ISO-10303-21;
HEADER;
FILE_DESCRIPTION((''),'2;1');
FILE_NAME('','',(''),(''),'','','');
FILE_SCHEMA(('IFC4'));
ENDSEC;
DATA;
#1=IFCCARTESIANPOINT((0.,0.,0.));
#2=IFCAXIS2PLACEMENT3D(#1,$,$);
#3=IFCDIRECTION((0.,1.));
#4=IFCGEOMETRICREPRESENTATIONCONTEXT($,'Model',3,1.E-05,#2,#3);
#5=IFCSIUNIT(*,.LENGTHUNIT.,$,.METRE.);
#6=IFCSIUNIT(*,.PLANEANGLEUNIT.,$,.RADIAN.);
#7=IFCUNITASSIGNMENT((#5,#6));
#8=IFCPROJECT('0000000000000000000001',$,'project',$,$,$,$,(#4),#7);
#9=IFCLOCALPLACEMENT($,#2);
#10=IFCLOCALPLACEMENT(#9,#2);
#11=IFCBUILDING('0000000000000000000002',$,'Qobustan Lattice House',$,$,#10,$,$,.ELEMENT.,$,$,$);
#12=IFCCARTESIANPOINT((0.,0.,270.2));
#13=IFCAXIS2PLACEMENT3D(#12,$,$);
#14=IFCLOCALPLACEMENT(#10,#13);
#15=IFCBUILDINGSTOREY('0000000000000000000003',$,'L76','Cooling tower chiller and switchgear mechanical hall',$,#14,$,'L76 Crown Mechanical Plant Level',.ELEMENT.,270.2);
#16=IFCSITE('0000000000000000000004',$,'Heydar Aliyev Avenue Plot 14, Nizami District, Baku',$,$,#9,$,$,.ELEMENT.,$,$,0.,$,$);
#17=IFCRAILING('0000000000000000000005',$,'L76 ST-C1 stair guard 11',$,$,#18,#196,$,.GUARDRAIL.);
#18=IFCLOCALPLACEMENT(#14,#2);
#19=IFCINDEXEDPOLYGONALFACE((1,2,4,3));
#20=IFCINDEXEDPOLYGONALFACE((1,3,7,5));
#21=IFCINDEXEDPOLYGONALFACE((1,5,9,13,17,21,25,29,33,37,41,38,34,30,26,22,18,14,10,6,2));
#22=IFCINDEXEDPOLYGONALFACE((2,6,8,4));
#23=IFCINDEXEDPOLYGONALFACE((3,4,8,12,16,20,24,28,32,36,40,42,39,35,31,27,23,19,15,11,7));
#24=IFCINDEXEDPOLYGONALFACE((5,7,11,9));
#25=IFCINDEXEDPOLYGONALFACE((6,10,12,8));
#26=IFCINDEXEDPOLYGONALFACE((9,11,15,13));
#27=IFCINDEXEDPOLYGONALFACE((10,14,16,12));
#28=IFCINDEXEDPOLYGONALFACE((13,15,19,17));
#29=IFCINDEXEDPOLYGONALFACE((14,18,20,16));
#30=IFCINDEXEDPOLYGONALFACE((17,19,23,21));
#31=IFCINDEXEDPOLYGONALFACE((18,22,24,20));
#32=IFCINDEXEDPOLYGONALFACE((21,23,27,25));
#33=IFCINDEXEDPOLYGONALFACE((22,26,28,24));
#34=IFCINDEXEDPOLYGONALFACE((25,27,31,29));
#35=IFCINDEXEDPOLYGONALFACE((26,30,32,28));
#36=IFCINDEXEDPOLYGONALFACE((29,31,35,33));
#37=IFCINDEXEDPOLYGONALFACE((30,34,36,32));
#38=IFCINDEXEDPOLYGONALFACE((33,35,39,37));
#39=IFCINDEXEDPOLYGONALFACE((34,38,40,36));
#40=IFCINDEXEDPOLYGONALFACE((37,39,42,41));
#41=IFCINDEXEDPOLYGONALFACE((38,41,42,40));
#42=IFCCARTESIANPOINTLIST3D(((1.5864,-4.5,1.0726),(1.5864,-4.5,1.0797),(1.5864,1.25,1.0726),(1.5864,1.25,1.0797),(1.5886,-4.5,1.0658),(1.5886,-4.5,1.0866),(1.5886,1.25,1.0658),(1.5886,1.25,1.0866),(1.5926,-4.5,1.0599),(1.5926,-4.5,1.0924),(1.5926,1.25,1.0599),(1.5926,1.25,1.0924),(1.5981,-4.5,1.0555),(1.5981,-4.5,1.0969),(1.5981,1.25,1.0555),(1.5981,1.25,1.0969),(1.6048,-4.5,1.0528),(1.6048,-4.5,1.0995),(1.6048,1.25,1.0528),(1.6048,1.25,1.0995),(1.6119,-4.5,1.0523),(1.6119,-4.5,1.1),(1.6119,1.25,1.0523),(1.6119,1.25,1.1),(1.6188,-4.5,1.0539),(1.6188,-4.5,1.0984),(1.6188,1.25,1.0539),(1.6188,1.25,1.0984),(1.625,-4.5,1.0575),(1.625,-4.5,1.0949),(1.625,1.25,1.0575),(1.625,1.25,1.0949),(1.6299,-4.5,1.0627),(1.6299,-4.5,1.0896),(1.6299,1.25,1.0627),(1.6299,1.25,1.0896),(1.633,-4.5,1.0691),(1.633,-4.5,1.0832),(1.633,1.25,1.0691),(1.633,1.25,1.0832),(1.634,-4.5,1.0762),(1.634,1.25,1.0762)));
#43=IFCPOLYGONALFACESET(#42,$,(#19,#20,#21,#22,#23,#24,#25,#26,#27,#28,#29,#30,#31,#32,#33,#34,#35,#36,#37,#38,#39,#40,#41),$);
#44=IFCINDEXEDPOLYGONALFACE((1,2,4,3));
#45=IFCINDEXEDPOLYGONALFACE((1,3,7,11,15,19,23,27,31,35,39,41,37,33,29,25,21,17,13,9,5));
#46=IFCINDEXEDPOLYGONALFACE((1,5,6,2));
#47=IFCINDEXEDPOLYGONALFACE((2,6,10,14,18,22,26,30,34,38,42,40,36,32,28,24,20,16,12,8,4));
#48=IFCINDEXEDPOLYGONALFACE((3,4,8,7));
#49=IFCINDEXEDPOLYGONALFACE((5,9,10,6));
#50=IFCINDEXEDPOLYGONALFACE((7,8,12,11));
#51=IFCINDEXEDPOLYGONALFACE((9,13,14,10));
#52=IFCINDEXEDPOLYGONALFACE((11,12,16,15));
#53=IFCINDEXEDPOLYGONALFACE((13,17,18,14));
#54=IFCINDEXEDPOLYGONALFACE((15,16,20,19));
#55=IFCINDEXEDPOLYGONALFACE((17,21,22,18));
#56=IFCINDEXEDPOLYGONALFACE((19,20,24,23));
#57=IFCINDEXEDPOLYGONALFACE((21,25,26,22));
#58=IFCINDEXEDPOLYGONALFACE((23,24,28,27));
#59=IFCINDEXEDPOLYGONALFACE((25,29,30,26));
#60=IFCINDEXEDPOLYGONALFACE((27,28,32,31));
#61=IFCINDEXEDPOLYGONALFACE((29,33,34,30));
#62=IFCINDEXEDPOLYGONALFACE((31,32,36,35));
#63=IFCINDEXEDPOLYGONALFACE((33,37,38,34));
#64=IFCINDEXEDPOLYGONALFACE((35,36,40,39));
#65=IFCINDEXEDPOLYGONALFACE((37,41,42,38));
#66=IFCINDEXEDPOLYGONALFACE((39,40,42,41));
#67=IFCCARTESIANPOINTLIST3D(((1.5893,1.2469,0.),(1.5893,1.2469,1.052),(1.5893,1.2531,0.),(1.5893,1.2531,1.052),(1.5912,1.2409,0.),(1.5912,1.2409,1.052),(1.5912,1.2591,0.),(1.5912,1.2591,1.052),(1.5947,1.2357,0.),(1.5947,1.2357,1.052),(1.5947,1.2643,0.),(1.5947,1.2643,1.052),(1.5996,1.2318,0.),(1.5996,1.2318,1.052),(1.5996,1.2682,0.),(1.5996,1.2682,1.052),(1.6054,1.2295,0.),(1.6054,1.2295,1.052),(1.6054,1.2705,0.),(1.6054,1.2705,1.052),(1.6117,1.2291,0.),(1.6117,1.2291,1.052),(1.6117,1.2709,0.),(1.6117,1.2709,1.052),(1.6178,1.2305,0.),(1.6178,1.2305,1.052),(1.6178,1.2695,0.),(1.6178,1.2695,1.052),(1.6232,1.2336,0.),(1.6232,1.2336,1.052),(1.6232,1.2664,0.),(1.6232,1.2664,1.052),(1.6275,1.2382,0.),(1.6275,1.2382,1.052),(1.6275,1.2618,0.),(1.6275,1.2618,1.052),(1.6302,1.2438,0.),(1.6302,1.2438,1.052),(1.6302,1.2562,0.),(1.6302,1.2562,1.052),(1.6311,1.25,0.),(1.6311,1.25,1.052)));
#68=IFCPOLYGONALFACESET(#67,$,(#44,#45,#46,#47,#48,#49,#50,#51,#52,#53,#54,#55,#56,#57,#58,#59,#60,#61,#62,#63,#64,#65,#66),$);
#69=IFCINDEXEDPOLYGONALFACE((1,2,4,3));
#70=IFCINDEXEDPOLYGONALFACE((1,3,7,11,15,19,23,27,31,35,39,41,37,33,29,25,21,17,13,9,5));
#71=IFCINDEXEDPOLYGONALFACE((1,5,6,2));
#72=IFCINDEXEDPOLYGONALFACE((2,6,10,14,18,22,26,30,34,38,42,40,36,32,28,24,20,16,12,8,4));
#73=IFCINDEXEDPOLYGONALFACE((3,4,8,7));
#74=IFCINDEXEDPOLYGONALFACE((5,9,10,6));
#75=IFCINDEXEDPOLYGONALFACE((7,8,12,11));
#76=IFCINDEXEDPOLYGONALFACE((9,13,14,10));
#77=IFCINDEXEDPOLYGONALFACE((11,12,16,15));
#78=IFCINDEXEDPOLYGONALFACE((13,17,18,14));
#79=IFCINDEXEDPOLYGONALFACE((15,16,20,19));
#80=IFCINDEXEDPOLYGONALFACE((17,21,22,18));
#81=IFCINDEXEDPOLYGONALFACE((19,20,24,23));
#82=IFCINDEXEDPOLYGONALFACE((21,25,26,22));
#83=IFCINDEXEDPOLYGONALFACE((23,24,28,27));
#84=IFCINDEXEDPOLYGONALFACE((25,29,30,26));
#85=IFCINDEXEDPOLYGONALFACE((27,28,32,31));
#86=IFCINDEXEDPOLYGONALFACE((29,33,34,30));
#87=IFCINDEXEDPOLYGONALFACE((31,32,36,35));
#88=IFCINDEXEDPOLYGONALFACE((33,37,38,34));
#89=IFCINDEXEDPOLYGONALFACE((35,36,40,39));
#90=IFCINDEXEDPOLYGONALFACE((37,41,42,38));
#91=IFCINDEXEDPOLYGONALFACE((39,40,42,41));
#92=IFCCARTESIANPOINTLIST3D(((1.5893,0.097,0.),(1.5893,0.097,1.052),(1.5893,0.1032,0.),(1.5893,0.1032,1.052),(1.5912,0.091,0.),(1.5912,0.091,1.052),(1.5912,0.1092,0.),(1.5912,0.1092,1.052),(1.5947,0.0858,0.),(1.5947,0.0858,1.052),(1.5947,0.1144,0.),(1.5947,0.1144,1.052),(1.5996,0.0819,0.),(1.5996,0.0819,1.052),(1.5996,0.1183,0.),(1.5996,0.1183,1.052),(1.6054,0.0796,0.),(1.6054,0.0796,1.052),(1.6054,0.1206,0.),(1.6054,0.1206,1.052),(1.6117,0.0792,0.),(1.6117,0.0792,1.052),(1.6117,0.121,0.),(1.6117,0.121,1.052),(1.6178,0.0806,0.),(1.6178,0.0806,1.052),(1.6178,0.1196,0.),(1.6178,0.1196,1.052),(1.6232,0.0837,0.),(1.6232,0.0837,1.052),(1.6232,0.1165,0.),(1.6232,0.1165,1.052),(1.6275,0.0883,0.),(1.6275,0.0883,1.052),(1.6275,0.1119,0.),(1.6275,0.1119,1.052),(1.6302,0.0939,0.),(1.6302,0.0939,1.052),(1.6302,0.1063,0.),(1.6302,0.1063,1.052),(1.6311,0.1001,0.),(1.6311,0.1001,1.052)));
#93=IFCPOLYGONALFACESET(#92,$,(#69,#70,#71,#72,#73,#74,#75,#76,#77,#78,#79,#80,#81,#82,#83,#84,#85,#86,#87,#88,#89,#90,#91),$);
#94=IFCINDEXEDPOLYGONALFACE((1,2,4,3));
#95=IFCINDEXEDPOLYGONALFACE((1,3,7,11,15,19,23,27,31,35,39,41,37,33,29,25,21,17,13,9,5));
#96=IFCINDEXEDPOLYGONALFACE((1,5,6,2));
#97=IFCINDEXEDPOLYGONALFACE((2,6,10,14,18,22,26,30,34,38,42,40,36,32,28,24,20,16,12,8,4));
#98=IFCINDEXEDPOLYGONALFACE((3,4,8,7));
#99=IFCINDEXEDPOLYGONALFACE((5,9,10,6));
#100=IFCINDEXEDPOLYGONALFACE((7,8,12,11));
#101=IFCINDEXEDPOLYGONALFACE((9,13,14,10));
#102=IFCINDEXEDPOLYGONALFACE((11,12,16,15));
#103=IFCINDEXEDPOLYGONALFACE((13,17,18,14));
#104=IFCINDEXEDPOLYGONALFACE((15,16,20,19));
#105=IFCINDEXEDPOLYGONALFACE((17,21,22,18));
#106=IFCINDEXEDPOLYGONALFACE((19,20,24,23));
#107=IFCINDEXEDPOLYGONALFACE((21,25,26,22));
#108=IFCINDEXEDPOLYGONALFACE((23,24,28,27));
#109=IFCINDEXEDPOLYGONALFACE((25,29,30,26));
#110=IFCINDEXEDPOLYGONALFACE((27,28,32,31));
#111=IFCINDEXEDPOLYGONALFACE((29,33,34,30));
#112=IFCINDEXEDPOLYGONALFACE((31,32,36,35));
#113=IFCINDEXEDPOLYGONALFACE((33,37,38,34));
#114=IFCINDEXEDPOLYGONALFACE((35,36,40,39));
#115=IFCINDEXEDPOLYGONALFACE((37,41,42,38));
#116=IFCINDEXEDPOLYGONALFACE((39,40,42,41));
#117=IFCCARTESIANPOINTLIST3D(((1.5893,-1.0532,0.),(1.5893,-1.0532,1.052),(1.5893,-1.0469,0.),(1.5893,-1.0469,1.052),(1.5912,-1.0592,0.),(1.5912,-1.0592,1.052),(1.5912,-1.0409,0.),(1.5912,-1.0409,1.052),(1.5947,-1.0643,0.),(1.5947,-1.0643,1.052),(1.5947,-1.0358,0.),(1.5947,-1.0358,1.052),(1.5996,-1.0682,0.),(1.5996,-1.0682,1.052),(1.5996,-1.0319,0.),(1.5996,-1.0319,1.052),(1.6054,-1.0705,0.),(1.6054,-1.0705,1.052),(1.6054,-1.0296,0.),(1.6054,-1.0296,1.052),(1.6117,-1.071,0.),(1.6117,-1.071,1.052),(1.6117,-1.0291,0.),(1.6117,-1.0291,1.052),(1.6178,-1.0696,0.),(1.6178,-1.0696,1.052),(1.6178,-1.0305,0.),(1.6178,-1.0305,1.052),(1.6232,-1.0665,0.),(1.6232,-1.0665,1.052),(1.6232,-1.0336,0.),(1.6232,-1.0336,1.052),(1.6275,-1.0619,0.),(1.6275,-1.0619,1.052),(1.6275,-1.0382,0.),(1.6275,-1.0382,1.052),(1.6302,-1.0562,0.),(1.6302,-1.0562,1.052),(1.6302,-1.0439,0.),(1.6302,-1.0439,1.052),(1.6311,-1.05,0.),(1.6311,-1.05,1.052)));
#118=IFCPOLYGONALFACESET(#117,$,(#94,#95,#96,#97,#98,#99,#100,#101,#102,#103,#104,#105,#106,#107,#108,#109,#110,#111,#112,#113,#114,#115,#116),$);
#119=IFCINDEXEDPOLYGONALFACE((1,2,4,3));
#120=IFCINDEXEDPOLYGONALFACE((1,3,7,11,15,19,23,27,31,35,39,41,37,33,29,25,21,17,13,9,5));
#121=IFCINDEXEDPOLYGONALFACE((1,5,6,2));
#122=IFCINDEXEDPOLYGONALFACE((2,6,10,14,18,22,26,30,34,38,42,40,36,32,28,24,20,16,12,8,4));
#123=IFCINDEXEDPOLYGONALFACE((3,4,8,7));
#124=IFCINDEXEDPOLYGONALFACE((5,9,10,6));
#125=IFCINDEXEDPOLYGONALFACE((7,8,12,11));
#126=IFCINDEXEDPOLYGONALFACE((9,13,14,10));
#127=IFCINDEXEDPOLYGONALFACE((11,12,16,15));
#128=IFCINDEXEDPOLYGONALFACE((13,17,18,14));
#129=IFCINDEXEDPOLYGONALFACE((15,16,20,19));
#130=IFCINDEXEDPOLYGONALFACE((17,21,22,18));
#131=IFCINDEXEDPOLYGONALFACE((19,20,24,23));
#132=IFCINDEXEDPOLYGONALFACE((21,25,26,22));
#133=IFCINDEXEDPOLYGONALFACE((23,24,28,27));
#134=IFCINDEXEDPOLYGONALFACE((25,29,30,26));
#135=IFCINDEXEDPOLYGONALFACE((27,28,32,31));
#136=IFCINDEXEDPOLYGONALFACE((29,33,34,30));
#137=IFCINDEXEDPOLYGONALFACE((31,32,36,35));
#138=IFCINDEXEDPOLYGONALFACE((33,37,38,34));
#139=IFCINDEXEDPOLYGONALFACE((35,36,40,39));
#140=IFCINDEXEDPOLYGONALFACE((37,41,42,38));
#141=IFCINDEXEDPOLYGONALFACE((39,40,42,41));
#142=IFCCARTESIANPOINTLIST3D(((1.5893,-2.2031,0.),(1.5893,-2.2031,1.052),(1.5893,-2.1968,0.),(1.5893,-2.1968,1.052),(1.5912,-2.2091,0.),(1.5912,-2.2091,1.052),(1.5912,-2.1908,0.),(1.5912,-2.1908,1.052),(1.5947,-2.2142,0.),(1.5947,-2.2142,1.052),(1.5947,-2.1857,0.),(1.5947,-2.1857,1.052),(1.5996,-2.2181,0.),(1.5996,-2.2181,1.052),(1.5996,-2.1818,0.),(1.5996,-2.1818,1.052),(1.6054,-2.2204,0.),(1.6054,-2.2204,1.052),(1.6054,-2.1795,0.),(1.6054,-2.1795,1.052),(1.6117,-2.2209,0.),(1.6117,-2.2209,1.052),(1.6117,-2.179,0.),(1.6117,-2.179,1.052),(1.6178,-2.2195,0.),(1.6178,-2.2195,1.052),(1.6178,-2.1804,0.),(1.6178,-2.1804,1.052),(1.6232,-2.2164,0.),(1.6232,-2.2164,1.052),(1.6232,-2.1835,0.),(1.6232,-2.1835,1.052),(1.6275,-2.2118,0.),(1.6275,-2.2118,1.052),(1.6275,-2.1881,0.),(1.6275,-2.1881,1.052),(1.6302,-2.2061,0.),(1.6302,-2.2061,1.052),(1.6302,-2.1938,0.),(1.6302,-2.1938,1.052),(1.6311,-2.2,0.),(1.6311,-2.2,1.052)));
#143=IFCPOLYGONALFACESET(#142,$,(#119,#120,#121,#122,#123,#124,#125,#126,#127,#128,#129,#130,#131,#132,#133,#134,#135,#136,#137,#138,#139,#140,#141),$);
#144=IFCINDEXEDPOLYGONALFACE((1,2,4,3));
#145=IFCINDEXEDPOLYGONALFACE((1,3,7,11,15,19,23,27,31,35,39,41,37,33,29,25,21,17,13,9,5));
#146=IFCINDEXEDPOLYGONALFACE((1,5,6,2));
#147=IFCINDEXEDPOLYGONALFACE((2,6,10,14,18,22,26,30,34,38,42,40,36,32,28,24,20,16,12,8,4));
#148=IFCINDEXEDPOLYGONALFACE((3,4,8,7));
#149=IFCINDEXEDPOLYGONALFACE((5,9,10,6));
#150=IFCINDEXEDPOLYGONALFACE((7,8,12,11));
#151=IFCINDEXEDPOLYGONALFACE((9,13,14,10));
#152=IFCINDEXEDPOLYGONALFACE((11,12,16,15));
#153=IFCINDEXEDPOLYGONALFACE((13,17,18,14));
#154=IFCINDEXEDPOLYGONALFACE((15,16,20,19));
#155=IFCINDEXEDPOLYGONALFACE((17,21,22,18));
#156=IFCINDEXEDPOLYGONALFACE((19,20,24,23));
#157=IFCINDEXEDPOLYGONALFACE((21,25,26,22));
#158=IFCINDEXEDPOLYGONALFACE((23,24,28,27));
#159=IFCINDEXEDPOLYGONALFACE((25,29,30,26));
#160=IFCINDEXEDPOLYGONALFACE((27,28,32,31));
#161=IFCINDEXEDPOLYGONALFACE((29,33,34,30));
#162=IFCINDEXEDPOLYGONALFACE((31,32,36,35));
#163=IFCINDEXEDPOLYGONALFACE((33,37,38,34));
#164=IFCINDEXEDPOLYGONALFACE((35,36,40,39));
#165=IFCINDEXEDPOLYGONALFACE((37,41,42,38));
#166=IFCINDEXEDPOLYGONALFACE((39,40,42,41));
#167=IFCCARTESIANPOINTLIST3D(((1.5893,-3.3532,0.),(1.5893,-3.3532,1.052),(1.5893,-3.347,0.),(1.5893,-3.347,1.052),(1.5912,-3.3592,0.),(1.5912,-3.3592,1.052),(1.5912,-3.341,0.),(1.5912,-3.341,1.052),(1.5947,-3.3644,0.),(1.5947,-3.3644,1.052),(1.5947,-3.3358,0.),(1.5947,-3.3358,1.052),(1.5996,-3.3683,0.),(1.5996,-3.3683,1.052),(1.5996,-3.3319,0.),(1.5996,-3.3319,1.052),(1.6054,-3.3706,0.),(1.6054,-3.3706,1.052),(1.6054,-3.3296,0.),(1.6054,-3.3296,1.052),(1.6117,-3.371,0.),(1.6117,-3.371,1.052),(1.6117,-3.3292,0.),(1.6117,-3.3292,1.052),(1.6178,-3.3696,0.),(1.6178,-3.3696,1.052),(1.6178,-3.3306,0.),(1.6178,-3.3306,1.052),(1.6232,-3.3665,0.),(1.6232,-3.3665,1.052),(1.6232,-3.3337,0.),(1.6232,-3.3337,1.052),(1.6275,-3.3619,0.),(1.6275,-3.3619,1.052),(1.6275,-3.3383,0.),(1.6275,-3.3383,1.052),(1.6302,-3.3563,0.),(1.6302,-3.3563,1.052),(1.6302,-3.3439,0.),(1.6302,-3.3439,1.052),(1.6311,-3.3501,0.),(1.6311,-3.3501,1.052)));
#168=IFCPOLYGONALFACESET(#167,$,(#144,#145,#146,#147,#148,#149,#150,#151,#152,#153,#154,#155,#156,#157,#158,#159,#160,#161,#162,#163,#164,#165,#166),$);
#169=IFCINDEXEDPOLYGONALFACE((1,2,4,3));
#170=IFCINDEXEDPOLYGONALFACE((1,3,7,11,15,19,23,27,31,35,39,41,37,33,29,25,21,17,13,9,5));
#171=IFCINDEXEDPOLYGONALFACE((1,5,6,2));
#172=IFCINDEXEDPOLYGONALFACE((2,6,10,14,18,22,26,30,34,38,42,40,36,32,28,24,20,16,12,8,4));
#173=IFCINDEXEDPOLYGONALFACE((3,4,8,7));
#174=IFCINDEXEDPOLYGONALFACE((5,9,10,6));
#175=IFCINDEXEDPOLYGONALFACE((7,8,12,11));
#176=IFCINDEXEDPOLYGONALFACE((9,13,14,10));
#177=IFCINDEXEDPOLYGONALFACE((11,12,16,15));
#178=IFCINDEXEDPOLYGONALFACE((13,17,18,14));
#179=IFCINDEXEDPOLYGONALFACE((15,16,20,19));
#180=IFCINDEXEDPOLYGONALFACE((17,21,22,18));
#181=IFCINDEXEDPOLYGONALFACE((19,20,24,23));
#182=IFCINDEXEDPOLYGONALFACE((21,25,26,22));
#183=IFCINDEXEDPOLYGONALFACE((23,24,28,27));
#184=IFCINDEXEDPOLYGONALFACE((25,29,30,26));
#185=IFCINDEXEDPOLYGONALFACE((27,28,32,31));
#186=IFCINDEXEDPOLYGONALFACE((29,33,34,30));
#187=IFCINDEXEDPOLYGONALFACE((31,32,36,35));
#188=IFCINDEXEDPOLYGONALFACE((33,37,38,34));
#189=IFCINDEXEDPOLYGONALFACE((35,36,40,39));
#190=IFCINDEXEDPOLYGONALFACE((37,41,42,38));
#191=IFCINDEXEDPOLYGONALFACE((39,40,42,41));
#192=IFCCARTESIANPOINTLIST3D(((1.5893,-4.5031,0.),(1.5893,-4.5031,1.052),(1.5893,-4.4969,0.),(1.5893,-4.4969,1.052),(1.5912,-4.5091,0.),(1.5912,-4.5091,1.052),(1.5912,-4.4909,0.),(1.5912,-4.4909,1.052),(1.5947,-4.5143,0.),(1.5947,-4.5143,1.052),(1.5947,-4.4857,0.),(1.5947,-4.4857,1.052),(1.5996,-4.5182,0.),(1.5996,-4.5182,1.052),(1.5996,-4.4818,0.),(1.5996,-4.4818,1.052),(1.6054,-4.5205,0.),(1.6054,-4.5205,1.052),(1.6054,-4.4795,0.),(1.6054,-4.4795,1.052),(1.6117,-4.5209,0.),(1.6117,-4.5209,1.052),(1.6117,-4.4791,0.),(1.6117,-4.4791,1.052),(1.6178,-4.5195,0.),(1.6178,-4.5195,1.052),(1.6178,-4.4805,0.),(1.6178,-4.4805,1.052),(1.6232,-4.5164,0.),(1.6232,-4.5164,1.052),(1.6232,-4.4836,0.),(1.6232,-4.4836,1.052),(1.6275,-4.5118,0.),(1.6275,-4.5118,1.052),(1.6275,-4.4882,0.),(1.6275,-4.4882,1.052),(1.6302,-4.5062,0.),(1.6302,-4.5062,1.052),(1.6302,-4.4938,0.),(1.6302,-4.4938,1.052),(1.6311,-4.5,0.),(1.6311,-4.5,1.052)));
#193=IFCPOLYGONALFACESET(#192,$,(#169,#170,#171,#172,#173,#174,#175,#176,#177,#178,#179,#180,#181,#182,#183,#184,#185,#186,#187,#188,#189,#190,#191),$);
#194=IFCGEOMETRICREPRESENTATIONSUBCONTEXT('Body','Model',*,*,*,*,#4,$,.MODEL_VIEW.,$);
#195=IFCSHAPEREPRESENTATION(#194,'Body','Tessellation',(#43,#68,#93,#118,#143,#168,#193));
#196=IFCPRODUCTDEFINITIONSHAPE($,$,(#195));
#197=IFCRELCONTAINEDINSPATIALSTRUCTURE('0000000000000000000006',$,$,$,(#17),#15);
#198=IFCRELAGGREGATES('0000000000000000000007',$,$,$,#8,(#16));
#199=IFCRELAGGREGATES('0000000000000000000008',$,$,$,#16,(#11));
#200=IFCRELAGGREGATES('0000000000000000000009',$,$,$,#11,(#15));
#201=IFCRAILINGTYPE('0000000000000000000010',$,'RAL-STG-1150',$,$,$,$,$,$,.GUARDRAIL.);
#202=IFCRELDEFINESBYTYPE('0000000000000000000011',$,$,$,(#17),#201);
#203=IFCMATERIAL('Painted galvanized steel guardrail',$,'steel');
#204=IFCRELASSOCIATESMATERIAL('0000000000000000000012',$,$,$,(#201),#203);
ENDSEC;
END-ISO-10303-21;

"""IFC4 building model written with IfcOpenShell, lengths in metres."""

from ifc_helpers import new_model, si_unit, direction, frame, origin, origin_2d, place, context, subcontext, project, spatial, circle, extrude, material, type_object, element, save


model = new_model("IFC4")

# Units and contexts
model_context = context("Model", 3, precision=1e-05, world=origin(), true_north=direction((0.0, 1.0)))
body_context = subcontext(model_context, "Body", "Model", "MODEL_VIEW")
ifc_project = project(units=[si_unit("LENGTHUNIT", "METRE"), si_unit("PLANEANGLEUNIT", "RADIAN")], contexts=[model_context])

# Site, building, storey
site_placement = place(None, origin())
site = spatial("IfcSite", under=ifc_project, at=site_placement, Name="Heydar Aliyev Avenue Plot 14, Nizami District, Baku", CompositionType="ELEMENT", RefElevation=0.0)
building_placement = place(site_placement, origin())
building = spatial("IfcBuilding", under=site, at=building_placement, Name="Qobustan Lattice House", CompositionType="ELEMENT")
storey_placement = place(building_placement, frame((0.0, 0.0, 270.2)))
storey = spatial("IfcBuildingStorey", under=building, at=storey_placement, Name="L76", Description="Cooling tower chiller and switchgear mechanical hall", LongName="L76 Crown Mechanical Plant Level", CompositionType="ELEMENT", Elevation=270.2)

# Railing
ifc_material_1 = material(Name="Painted galvanized steel guardrail", Category="steel")
railing_type = type_object("IfcRailingType", Name="RAL-STG-1150", PredefinedType="GUARDRAIL", material=ifc_material_1)
railing_1_placement = place(storey_placement, frame((1.6101, 1.25, 0.0)))
element("IfcRailing", 1, at=railing_1_placement, inside=storey, type_object=railing_type, Name="L76 ST-C1 stair guard 11", PredefinedType="GUARDRAIL", context=body_context, shape_type="SweptSolid", body=[
    extrude(circle(Radius=0.0239, at=origin_2d()), frame((0.0, 0.0, 1.0762), z_axis=(0.0, -1.0, 0.0), x_axis=(1.0, 0.0, 0.0)), (0.0, 0.0, 1.0), 5.75),
    extrude(circle(Radius=0.021, at=origin_2d()), origin(), (0.0, 0.0, 1.0), 1.052),
    extrude(circle(Radius=0.021, at=origin_2d()), frame((0.0, -1.1499, 0.0)), (0.0, 0.0, 1.0), 1.052),
    extrude(circle(Radius=0.021, at=origin_2d()), frame((0.0, -2.3, 0.0)), (0.0, 0.0, 1.0), 1.052),
    extrude(circle(Radius=0.021, at=origin_2d()), frame((0.0, -3.45, 0.0)), (0.0, 0.0, 1.0), 1.052),
    extrude(circle(Radius=0.021, at=origin_2d()), frame((0.0, -4.6001, 0.0)), (0.0, 0.0, 1.0), 1.052),
    extrude(circle(Radius=0.021, at=origin_2d()), frame((0.0, -5.75, 0.0)), (0.0, 0.0, 1.0), 1.052),
])

save(model, "model.ifc")
